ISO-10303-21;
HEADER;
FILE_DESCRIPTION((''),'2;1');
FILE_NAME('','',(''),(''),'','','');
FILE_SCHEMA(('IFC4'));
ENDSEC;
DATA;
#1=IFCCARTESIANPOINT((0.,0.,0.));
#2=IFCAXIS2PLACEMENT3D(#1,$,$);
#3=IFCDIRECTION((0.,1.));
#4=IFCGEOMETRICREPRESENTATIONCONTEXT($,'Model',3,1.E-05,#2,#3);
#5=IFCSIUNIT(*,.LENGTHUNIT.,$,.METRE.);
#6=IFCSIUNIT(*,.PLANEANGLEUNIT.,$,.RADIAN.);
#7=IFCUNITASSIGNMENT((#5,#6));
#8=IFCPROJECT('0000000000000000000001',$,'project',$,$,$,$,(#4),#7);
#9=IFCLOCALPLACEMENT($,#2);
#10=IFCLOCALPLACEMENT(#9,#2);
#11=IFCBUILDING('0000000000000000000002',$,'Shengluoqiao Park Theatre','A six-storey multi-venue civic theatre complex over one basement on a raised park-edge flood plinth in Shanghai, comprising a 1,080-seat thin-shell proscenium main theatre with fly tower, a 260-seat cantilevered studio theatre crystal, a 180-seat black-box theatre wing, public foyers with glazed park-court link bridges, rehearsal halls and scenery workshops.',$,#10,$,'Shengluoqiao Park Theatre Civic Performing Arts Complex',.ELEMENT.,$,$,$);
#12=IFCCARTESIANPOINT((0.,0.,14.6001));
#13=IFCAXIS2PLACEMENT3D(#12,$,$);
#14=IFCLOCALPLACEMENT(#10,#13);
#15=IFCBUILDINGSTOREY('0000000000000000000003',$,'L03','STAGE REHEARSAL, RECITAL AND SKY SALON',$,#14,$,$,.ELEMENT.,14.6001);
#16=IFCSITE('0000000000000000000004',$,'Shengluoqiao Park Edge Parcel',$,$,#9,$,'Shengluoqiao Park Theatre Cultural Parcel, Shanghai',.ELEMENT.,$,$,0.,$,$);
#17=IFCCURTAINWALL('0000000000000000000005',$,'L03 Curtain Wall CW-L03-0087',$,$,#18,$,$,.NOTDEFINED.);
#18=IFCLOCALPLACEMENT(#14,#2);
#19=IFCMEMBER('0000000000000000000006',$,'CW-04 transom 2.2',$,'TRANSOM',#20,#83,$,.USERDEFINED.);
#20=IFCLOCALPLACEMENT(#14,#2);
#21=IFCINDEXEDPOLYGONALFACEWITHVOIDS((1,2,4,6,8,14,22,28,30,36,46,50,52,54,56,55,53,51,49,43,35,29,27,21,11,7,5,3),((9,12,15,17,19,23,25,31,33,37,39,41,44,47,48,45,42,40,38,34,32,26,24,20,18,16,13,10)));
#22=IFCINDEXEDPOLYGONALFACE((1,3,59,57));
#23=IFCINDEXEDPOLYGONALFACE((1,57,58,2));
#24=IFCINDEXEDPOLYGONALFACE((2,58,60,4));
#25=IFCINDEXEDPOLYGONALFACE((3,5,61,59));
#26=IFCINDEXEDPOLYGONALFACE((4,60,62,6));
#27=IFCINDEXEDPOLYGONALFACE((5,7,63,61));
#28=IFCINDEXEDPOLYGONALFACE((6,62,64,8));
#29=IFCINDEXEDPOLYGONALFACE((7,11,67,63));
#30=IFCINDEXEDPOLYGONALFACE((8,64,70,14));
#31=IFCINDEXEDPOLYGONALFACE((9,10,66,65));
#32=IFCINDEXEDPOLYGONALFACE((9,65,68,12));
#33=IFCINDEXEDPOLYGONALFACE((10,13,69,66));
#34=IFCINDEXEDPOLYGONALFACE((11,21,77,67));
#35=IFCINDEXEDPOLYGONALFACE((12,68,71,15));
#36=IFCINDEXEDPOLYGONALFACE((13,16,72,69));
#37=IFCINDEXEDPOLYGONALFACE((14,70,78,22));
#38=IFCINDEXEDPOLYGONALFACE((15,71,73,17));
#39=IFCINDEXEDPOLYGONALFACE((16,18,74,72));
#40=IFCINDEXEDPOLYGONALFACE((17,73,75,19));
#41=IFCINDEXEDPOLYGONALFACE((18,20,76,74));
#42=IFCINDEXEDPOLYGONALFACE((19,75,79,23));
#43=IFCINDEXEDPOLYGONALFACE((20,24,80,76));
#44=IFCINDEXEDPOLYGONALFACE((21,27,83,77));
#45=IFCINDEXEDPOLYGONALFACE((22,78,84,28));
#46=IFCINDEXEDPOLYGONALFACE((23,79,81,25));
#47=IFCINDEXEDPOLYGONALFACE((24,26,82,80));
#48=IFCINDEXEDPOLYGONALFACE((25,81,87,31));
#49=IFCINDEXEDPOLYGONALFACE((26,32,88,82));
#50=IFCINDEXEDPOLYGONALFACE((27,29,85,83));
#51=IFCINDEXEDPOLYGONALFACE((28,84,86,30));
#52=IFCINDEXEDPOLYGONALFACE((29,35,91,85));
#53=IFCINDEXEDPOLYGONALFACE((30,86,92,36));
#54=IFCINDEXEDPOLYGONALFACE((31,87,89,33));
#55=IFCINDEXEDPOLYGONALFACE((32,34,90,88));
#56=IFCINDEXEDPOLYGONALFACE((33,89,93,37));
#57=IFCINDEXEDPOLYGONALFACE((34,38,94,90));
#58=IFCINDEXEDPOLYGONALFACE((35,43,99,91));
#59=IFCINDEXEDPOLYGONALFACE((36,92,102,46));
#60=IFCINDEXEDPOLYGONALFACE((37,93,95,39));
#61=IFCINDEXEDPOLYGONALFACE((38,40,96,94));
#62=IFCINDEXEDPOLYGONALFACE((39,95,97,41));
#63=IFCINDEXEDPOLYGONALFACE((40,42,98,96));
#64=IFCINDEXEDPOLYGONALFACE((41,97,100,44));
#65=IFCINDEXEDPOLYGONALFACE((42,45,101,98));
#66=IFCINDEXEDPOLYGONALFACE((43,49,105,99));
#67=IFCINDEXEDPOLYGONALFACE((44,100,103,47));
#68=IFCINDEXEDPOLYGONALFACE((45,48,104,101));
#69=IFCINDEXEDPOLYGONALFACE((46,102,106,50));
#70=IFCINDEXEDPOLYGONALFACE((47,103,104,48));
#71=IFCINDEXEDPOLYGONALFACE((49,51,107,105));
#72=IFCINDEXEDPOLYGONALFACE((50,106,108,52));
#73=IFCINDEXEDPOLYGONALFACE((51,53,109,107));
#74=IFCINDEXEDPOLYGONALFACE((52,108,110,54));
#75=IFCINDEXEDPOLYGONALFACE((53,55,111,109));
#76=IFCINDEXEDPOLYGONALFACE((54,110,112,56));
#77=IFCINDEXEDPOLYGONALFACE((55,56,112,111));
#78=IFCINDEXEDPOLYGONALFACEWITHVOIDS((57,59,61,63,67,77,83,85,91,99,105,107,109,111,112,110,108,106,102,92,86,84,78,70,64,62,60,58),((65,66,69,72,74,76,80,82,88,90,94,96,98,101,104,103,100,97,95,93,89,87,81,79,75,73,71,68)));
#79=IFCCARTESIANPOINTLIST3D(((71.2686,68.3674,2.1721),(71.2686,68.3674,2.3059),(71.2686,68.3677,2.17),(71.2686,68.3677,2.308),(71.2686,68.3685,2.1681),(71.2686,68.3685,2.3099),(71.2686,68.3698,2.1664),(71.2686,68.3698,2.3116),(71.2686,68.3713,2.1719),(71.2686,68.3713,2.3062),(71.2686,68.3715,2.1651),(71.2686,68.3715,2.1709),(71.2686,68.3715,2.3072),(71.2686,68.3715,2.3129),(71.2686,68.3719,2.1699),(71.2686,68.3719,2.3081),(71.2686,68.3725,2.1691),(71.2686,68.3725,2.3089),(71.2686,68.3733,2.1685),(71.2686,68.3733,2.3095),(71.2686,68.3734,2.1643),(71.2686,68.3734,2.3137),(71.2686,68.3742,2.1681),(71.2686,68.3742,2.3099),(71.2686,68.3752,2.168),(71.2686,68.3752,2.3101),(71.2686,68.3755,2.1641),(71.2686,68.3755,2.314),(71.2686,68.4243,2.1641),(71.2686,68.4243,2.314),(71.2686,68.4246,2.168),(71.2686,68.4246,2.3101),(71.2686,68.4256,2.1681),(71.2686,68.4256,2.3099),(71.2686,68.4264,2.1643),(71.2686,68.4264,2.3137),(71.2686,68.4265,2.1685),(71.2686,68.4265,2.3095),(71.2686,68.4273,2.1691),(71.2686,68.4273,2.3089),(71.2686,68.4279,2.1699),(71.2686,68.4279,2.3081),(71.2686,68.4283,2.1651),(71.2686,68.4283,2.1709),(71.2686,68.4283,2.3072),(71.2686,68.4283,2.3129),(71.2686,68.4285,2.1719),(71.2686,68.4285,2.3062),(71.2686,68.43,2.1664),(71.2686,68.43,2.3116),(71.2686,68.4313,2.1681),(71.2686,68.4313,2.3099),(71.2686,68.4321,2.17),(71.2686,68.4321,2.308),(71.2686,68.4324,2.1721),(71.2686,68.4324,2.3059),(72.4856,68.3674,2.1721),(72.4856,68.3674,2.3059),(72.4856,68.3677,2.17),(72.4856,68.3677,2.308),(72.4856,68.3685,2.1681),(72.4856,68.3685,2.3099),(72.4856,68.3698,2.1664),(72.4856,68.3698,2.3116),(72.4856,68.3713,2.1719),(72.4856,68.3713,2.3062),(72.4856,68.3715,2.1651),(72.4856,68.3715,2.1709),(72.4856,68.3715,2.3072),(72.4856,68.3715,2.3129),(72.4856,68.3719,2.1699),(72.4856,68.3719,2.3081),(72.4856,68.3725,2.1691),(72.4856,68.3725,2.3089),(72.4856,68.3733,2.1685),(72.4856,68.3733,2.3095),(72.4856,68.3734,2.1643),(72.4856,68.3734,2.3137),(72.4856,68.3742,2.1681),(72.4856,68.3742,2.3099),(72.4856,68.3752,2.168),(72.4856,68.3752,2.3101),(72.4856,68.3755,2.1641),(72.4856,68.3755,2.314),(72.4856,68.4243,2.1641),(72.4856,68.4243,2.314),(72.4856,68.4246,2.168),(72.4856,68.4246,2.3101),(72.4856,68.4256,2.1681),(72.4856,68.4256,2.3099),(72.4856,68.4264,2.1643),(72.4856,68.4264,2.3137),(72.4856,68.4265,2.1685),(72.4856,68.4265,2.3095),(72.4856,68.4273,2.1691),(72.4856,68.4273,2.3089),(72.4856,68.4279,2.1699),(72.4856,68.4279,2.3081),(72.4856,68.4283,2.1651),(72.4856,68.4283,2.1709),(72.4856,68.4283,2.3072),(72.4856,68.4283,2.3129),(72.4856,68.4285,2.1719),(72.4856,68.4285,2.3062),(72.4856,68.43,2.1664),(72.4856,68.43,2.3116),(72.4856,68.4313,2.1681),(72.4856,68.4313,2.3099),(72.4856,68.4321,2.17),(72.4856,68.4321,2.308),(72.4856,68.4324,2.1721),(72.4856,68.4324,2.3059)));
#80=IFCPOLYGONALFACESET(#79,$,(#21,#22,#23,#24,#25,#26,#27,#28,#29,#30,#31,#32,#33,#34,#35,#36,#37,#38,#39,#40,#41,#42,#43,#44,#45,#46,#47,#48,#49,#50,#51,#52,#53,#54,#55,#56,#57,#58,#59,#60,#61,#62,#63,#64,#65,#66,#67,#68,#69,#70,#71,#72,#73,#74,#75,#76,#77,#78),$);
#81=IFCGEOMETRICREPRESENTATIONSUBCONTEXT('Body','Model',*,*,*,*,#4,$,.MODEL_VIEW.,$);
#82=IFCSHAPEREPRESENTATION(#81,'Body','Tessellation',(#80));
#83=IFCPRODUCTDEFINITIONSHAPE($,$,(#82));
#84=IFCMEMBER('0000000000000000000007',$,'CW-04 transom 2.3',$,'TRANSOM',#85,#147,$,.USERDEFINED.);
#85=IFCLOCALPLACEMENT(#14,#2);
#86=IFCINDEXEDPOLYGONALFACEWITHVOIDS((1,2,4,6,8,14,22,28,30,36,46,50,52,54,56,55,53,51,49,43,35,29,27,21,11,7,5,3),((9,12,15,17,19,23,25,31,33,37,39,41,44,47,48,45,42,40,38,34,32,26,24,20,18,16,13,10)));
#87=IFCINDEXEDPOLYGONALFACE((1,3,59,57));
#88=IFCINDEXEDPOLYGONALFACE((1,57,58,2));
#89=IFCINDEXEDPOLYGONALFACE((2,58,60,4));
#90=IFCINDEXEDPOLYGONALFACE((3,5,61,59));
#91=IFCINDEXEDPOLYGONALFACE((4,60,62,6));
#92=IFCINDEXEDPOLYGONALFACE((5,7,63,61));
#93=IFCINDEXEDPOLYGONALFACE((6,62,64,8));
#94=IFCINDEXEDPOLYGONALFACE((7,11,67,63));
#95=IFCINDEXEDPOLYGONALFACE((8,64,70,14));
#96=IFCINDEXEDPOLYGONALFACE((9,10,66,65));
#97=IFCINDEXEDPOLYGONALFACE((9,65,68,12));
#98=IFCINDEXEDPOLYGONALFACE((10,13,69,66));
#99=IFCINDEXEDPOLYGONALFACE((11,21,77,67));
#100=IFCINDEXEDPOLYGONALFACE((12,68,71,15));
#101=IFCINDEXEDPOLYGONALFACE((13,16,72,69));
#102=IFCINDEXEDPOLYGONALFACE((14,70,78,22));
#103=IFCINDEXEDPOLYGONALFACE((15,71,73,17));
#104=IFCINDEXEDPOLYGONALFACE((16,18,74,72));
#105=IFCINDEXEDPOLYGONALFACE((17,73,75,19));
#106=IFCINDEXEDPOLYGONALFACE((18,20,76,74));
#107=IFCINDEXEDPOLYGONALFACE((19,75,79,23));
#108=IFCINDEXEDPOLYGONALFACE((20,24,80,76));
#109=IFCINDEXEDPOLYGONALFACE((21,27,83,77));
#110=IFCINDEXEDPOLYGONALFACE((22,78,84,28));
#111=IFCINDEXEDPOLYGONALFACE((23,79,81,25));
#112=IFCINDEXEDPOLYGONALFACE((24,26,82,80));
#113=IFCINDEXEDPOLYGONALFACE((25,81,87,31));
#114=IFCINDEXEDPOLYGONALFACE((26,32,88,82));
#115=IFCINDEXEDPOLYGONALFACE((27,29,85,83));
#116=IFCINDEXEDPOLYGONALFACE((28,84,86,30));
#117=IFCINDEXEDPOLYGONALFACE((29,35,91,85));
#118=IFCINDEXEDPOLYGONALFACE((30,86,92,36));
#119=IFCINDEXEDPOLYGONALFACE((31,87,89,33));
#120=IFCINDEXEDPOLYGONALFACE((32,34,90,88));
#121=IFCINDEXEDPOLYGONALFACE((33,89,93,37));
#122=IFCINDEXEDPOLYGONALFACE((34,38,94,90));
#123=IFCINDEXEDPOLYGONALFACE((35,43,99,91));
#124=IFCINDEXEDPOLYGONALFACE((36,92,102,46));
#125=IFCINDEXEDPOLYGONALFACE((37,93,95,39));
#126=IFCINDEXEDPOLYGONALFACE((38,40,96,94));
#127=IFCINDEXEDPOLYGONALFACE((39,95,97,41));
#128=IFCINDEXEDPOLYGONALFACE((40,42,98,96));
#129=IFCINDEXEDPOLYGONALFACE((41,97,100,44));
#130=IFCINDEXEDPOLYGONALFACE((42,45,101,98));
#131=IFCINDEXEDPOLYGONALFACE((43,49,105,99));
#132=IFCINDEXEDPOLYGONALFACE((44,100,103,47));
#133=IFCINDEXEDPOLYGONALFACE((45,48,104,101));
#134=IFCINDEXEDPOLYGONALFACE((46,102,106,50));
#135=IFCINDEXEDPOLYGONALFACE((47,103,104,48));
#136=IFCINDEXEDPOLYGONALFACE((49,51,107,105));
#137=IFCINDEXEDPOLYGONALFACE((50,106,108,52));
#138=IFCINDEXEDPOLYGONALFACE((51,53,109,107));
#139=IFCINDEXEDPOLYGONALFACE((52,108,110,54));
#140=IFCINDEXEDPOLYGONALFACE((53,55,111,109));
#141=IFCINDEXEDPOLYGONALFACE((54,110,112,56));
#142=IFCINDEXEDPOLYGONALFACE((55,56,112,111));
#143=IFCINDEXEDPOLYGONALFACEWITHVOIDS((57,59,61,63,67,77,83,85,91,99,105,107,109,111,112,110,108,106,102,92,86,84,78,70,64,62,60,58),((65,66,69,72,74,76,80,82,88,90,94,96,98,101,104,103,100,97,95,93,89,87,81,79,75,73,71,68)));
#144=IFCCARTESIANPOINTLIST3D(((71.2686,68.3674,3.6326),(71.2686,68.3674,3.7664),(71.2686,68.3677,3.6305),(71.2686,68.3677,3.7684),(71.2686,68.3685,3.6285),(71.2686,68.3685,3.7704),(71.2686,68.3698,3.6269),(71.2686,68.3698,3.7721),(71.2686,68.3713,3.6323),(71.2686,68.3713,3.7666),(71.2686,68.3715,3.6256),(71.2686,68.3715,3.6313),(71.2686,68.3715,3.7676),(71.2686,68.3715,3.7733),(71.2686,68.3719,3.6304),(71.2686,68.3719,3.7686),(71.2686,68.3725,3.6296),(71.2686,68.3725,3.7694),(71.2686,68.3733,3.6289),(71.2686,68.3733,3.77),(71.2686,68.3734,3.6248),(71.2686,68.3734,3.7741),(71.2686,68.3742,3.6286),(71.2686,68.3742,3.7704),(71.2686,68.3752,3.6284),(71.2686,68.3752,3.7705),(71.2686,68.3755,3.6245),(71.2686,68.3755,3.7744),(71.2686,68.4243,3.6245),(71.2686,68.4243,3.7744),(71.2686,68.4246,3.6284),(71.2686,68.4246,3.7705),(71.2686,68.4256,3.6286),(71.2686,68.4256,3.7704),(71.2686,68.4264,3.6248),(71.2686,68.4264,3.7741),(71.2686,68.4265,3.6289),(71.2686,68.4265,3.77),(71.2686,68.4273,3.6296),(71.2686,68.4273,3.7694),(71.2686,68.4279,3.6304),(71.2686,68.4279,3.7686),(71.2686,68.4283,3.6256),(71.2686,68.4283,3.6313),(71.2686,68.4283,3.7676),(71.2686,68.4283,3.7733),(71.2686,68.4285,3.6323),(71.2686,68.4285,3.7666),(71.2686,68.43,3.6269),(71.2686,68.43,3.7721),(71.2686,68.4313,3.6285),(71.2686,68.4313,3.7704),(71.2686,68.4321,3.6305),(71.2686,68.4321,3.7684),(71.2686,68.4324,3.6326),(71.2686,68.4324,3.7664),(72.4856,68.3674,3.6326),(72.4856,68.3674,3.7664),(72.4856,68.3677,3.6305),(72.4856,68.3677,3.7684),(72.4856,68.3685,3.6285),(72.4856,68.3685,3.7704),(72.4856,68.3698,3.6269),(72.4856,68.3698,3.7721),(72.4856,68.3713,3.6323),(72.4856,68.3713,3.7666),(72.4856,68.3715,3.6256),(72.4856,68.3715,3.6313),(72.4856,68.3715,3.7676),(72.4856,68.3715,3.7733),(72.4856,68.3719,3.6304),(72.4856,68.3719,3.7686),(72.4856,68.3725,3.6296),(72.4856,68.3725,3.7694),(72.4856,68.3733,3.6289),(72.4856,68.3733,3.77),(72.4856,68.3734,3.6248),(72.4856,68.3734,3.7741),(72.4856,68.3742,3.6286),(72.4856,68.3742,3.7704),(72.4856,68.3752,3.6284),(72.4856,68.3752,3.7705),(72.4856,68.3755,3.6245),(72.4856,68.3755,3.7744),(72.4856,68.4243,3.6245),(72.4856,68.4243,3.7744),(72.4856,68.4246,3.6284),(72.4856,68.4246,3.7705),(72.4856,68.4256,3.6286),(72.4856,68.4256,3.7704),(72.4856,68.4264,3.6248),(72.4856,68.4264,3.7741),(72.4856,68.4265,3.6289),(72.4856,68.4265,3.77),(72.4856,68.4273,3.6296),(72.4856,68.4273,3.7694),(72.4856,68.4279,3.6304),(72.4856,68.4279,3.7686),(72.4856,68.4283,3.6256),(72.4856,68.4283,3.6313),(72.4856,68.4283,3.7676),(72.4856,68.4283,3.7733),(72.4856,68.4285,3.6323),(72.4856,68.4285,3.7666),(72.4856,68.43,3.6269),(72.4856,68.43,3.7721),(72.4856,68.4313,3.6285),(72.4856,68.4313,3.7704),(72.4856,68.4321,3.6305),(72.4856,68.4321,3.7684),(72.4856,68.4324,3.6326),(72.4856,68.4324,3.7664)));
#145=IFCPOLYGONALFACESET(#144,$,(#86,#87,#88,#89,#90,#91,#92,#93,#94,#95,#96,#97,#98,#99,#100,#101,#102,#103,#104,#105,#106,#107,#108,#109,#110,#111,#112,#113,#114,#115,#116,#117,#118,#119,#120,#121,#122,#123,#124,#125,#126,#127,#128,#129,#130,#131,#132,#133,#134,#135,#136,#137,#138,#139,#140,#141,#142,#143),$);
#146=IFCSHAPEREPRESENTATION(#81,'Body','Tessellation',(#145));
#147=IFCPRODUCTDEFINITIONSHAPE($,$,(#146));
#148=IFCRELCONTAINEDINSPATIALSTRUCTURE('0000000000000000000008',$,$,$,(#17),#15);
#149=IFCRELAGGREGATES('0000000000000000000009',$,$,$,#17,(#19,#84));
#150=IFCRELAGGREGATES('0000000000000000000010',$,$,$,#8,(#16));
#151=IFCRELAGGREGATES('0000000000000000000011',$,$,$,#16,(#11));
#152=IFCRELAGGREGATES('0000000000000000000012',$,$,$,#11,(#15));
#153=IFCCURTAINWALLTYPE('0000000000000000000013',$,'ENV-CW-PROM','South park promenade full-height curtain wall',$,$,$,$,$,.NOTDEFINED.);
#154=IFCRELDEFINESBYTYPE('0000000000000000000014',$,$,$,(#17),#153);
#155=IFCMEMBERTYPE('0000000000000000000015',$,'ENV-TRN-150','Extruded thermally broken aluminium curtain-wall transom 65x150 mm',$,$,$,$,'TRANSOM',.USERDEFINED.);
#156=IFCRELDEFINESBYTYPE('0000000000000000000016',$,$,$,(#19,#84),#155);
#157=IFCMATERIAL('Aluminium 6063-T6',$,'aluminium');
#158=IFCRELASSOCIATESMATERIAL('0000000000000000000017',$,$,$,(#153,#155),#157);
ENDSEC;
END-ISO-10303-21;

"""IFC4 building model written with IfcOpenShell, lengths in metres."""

from ifc_helpers import new_model, si_unit, direction, frame, origin, origin_2d, place, context, subcontext, project, spatial, hollow_rectangle, extrude, material, material_profile, profile_set, type_object, element, aggregate, save


model = new_model("IFC4")

# Units and contexts
model_context = context("Model", 3, precision=1e-05, world=origin(), true_north=direction((0.0, 1.0)))
body_context = subcontext(model_context, "Body", "Model", "MODEL_VIEW")
ifc_project = project(units=[si_unit("LENGTHUNIT", "METRE"), si_unit("PLANEANGLEUNIT", "RADIAN")], contexts=[model_context])

# Site, building, storey
site_placement = place(None, origin())
site = spatial("IfcSite", under=ifc_project, at=site_placement, Name="Shengluoqiao Park Edge Parcel", LongName="Shengluoqiao Park Theatre Cultural Parcel, Shanghai", CompositionType="ELEMENT", RefElevation=0.0)
building_placement = place(site_placement, origin())
building = spatial("IfcBuilding", under=site, at=building_placement, Name="Shengluoqiao Park Theatre", Description="A six-storey multi-venue civic theatre complex over one basement on a raised park-edge flood plinth in Shanghai, comprising a 1,080-seat thin-shell proscenium main theatre with fly tower, a 260-seat cantilevered studio theatre crystal, a 180-seat black-box theatre wing, public foyers with glazed park-court link bridges, rehearsal halls and scenery workshops.", LongName="Shengluoqiao Park Theatre Civic Performing Arts Complex", CompositionType="ELEMENT")
storey_placement = place(building_placement, frame((0.0, 0.0, 14.6001)))
storey = spatial("IfcBuildingStorey", under=building, at=storey_placement, Name="L03", Description="STAGE REHEARSAL, RECITAL AND SKY SALON", CompositionType="ELEMENT", Elevation=14.6001)

# Curtain wall
ifc_material_1 = material(Name="Aluminium 6063-T6", Category="aluminium")
curtain_wall_type = type_object("IfcCurtainWallType", Name="ENV-CW-PROM", Description="South park promenade full-height curtain wall", PredefinedType="NOTDEFINED", material=ifc_material_1)
curtain_wall_1_placement = place(storey_placement, origin())
curtain_wall_1 = element("IfcCurtainWall", 1, at=curtain_wall_1_placement, inside=storey, type_object=curtain_wall_type, Name="L03 Curtain Wall CW-L03-0087", PredefinedType="NOTDEFINED")

# Members
ifc_material_profile_1 = material_profile(ifc_material_1, hollow_rectangle(XDim=0.0649, YDim=0.1499, WallThickness=0.0039, InnerFilletRadius=0.0039, OuterFilletRadius=0.0081, at=origin_2d()), Name="ALU TRANSOM 150x65x4")
ifc_profile_set_1 = profile_set([ifc_material_profile_1], Name="Aluminium 6063-T6")
member_type_1 = type_object("IfcMemberType", Name="ENV-TRN-150", Description="Extruded thermally broken aluminium curtain-wall transom 65x150 mm", ElementType="TRANSOM", PredefinedType="USERDEFINED", material=ifc_profile_set_1)
member_1_placement = place(storey_placement, frame((71.2686, 68.3999, 2.239), z_axis=(1.0, 0.0, 0.0), x_axis=(0.0, 1.0, 0.0)))
member_1 = element("IfcMember", 2, at=member_1_placement, type_object=member_type_1, Name="CW-04 transom 2.2", ObjectType="TRANSOM", PredefinedType="USERDEFINED", context=body_context, shape_type="SweptSolid", body=[
    extrude(hollow_rectangle(XDim=0.0649, YDim=0.1499, WallThickness=0.0039, InnerFilletRadius=0.0039, OuterFilletRadius=0.0081, at=origin_2d()), origin(), (0.0, 0.0, 1.0), 1.217),
])
member_2_placement = place(storey_placement, frame((71.2686, 68.3999, 3.6995), z_axis=(1.0, 0.0, 0.0), x_axis=(0.0, 1.0, 0.0)))
member_2 = element("IfcMember", 3, at=member_2_placement, type_object=member_type_1, Name="CW-04 transom 2.3", ObjectType="TRANSOM", PredefinedType="USERDEFINED", context=body_context, shape_type="SweptSolid", body=[
    extrude(hollow_rectangle(XDim=0.0649, YDim=0.1499, WallThickness=0.0039, InnerFilletRadius=0.0039, OuterFilletRadius=0.0081, at=origin_2d()), origin(), (0.0, 0.0, 1.0), 1.217),
])

aggregate(curtain_wall_1, [member_1, member_2])

save(model, "model.ifc")
